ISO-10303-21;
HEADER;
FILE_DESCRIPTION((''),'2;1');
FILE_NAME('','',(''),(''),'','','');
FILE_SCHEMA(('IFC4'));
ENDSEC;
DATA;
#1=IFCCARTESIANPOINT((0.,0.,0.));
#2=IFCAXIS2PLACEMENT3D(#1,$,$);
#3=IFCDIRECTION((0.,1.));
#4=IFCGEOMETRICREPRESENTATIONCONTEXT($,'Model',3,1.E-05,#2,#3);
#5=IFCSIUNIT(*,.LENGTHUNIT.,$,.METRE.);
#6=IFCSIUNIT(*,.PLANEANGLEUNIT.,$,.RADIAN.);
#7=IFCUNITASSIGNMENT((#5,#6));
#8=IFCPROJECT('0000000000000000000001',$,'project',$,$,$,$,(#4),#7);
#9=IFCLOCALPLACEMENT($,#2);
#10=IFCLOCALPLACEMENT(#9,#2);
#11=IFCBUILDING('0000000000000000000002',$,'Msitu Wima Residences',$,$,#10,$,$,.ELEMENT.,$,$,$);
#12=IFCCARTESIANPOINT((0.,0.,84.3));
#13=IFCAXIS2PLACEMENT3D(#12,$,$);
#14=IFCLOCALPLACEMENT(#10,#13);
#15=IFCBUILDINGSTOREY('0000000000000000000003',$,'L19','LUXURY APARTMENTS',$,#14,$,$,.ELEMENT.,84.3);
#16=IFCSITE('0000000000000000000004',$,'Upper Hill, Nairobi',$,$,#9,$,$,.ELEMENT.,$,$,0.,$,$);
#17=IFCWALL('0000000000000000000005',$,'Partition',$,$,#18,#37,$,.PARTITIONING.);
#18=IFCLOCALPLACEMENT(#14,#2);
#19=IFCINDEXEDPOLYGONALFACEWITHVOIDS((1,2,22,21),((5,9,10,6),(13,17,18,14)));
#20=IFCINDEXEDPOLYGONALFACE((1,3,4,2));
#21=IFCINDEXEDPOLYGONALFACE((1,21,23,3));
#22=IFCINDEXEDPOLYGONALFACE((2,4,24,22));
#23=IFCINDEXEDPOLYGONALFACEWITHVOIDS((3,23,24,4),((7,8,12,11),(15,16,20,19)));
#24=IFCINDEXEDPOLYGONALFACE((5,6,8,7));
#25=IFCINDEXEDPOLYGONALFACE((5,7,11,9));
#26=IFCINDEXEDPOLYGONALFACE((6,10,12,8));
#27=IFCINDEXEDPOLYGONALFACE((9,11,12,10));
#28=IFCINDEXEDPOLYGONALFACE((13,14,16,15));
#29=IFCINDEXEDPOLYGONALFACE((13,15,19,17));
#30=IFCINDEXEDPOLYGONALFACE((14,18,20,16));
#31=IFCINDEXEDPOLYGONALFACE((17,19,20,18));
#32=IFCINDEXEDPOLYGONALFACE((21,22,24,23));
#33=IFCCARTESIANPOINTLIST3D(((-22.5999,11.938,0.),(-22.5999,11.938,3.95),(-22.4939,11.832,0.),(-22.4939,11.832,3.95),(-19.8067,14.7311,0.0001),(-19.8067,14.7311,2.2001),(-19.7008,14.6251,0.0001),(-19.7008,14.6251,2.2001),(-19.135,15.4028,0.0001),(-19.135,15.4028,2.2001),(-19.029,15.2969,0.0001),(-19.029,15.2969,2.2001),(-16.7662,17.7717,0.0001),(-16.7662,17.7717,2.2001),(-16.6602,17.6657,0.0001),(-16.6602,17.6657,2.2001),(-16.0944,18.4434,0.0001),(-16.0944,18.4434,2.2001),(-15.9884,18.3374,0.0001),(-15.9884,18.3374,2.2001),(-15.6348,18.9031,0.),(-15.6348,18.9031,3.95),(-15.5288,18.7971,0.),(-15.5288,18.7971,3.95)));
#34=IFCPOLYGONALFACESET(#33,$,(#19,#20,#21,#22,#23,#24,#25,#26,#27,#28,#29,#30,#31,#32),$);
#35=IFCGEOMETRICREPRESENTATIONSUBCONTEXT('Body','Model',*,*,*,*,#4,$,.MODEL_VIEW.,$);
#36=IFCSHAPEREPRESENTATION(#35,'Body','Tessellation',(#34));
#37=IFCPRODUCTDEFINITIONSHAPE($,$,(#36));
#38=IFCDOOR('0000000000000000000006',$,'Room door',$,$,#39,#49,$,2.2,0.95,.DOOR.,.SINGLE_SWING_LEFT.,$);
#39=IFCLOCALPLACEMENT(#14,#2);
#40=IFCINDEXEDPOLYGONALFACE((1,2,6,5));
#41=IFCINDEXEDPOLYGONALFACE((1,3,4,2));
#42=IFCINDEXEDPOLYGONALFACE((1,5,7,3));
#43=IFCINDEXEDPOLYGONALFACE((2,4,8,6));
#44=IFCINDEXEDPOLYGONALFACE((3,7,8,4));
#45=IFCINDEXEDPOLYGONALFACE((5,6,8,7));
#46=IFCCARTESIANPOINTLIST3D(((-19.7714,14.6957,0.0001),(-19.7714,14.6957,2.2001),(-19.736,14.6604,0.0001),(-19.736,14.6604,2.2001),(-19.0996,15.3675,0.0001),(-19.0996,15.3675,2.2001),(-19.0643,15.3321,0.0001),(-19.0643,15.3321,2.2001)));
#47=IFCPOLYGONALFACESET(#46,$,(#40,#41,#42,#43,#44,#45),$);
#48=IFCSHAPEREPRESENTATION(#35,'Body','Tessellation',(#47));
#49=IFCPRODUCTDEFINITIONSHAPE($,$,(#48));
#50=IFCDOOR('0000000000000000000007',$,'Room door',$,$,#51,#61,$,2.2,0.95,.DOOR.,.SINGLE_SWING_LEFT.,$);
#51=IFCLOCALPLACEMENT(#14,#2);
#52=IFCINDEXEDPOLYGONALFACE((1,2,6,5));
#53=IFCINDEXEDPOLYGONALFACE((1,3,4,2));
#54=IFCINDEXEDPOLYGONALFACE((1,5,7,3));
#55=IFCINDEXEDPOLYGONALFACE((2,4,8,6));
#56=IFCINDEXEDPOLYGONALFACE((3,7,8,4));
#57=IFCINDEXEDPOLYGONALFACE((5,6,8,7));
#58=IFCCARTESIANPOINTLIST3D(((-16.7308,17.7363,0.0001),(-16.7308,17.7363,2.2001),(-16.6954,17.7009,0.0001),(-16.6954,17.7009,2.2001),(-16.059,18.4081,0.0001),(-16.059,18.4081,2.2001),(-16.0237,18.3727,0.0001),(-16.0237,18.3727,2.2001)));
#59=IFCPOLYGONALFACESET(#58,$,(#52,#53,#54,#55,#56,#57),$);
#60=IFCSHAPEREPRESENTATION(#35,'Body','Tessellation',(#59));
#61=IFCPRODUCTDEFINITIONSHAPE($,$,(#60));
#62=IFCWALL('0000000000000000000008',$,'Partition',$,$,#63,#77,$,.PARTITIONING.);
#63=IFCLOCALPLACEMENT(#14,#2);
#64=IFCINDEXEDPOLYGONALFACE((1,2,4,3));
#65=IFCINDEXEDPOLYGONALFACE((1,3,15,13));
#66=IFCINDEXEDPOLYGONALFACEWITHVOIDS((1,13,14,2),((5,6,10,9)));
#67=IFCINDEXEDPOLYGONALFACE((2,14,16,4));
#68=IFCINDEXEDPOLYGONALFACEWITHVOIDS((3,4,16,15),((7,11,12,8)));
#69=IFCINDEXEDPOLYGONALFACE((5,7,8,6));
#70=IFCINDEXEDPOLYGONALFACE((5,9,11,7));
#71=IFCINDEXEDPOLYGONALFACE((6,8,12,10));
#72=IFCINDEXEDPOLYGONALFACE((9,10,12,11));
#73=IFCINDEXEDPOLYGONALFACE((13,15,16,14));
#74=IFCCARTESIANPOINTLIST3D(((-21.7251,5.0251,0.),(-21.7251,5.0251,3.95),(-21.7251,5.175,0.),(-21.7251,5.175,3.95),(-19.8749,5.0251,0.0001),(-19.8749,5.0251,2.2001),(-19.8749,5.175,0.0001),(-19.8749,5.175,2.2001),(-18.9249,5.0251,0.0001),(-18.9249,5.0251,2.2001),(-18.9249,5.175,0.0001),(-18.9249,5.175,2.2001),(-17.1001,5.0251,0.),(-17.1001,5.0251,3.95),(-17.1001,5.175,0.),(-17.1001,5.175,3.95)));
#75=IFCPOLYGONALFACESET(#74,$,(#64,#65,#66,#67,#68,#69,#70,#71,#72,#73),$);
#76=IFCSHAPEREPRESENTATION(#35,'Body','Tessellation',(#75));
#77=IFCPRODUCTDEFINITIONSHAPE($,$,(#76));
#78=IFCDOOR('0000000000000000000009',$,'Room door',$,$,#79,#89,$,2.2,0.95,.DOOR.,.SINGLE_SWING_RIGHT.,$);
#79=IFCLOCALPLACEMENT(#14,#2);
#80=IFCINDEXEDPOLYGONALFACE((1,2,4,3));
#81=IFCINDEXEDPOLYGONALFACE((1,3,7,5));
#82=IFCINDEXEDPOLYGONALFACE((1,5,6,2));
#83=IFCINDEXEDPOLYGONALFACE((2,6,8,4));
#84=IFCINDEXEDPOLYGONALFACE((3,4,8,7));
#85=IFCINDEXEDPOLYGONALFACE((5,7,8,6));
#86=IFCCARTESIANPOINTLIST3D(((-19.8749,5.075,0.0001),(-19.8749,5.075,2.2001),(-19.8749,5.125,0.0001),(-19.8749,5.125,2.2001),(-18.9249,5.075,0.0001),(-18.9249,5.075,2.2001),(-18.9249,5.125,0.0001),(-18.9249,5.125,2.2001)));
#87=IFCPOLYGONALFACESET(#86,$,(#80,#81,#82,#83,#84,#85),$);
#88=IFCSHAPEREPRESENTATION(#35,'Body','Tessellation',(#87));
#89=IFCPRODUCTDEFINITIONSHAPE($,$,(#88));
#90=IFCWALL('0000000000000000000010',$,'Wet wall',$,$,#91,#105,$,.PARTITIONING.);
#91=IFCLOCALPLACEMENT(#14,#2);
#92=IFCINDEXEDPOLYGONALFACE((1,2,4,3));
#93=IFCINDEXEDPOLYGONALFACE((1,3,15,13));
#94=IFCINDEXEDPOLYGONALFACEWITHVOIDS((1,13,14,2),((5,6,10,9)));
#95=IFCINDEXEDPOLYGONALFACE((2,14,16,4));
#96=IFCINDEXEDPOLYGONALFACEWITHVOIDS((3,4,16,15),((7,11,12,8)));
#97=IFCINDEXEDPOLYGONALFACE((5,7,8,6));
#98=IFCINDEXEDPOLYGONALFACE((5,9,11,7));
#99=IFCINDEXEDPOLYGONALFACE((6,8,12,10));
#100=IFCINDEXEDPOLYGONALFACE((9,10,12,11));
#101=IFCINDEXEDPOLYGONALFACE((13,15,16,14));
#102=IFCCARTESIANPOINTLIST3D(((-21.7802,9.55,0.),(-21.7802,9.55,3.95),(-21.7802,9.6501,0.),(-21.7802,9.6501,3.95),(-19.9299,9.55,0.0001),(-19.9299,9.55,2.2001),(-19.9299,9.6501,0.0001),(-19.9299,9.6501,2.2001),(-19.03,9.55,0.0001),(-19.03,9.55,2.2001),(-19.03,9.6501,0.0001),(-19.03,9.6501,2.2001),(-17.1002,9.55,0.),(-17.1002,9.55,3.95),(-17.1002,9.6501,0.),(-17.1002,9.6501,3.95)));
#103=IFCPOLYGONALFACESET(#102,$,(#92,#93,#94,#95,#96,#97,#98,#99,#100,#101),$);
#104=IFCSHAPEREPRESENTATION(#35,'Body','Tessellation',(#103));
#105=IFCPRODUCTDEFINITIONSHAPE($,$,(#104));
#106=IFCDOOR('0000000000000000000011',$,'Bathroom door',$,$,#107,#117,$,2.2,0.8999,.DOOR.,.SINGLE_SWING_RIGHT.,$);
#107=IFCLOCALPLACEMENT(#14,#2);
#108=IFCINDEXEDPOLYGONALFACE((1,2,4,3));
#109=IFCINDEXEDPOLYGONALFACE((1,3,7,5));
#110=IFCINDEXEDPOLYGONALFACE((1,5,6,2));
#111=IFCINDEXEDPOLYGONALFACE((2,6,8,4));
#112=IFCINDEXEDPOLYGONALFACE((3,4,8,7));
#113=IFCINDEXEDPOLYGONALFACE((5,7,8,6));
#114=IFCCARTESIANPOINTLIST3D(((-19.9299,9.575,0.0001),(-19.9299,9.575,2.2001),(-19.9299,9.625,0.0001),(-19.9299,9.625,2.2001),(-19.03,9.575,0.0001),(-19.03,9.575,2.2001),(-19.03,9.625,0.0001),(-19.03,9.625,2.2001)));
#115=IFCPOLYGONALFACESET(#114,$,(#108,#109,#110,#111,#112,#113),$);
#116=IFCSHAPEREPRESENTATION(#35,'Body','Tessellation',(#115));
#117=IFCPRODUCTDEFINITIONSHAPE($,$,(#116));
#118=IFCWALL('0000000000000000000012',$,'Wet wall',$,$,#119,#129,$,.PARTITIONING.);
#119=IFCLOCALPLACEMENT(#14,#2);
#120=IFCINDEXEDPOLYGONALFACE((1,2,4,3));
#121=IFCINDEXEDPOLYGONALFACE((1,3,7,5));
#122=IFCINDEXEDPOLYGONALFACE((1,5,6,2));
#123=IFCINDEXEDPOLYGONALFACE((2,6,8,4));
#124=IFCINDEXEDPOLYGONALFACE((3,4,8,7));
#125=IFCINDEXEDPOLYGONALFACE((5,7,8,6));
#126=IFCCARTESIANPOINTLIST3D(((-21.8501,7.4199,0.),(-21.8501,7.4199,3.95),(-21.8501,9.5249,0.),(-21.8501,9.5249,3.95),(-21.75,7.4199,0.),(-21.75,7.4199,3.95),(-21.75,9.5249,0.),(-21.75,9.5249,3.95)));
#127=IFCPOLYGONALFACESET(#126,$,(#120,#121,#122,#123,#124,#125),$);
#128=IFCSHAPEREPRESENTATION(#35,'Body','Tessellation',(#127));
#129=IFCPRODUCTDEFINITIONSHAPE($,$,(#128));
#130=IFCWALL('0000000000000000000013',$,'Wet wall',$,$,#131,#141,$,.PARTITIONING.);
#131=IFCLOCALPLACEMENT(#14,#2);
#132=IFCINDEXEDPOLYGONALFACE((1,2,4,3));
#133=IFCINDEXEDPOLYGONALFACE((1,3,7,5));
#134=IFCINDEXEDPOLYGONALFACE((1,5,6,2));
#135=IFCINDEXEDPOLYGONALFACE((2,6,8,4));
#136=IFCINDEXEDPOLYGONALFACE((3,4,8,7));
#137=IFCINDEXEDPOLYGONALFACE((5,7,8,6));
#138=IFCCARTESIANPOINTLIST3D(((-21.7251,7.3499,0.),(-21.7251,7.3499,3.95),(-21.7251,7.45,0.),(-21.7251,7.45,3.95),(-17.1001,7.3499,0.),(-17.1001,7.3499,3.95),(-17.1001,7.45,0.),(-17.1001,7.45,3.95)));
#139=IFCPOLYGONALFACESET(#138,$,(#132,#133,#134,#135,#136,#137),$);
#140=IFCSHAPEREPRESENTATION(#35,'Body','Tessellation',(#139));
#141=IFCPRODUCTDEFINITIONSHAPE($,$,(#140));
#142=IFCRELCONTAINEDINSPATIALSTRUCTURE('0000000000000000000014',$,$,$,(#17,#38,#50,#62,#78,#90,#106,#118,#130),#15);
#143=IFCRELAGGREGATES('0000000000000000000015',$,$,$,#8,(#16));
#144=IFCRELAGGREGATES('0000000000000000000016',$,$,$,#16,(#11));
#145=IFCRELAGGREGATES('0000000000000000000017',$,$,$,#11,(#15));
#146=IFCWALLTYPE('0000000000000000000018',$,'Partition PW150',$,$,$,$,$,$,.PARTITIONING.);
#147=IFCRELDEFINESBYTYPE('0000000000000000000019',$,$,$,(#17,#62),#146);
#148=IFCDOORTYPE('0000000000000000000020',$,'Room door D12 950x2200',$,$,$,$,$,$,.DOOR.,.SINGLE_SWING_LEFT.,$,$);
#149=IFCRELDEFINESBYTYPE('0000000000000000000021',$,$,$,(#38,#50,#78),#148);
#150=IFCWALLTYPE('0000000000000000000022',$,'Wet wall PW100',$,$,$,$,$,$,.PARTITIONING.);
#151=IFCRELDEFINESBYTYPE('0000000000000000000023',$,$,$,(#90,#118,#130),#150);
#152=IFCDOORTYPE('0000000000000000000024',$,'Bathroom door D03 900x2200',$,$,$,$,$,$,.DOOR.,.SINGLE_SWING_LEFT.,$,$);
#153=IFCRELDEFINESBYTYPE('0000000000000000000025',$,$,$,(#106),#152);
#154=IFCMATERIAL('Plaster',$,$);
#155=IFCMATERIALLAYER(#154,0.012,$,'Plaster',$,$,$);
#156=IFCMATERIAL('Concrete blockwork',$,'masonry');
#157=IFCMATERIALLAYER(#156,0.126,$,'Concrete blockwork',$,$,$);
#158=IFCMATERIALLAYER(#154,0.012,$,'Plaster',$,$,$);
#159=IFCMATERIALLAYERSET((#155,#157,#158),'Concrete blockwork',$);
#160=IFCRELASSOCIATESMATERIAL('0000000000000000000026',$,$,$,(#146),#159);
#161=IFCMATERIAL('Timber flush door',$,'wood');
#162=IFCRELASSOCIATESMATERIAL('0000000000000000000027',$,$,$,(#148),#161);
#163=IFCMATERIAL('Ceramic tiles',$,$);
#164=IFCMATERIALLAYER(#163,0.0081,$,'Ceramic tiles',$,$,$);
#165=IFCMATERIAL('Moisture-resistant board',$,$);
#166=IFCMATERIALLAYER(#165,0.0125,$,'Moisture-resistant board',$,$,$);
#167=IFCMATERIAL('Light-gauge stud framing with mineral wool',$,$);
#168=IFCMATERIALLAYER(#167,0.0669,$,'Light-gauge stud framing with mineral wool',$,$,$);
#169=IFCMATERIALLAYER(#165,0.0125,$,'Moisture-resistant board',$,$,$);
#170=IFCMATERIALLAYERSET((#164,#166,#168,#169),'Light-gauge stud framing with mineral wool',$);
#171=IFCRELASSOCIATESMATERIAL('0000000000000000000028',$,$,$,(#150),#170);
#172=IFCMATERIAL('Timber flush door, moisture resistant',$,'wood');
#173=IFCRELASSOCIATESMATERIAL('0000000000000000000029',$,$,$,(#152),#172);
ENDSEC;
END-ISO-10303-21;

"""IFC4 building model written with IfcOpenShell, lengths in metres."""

from ifc_helpers import new_model, si_unit, direction, frame, frame_2d, origin, place, context, subcontext, project, spatial, rectangle, extrude, material, layer, layer_set, type_object, element, fill, save


model = new_model("IFC4")

# Units and contexts
model_context = context("Model", 3, precision=1e-05, world=origin(), true_north=direction((0.0, 1.0)))
body_context = subcontext(model_context, "Body", "Model", "MODEL_VIEW")
ifc_project = project(units=[si_unit("LENGTHUNIT", "METRE"), si_unit("PLANEANGLEUNIT", "RADIAN")], contexts=[model_context])

# Site, building, storey
site_placement = place(None, origin())
site = spatial("IfcSite", under=ifc_project, at=site_placement, Name="Upper Hill, Nairobi", CompositionType="ELEMENT", RefElevation=0.0)
building_placement = place(site_placement, origin())
building = spatial("IfcBuilding", under=site, at=building_placement, Name="Msitu Wima Residences", CompositionType="ELEMENT")
storey_placement = place(building_placement, frame((0.0, 0.0, 84.3)))
storey = spatial("IfcBuildingStorey", under=building, at=storey_placement, Name="L19", Description="LUXURY APARTMENTS", CompositionType="ELEMENT", Elevation=84.3)

# Shared definitions
ifc_material_1 = material(Name="Plaster")
ifc_layer_1 = layer(ifc_material_1, 0.012, Name="Plaster")
ifc_material_2 = material(Name="Concrete blockwork", Category="masonry")
ifc_layer_2 = layer(ifc_material_2, 0.126, Name="Concrete blockwork")
ifc_layer_3 = layer(ifc_material_1, 0.012, Name="Plaster")
ifc_layer_set_1 = layer_set([ifc_layer_1, ifc_layer_2, ifc_layer_3], Name="Concrete blockwork")
wall_type_1 = type_object("IfcWallType", Name="Partition PW150", PredefinedType="PARTITIONING", material=ifc_layer_set_1)
ifc_material_3 = material(Name="Timber flush door", Category="wood")
door_type_1 = type_object("IfcDoorType", Name="Room door D12 950x2200", OperationType="SINGLE_SWING_LEFT", PredefinedType="DOOR", material=ifc_material_3)

# Wall, openings, doors
wall_1_placement = place(storey_placement, frame((-22.5469, 11.885, 0.0), z_axis=(0.0, 0.0, 1.0), x_axis=(0.707107, 0.707107, 0.0)))
wall_1 = element("IfcWall", 1, at=wall_1_placement, inside=storey, type_object=wall_type_1, Name="Partition", PredefinedType="PARTITIONING", context=body_context, shape_type="SweptSolid", body=[
    extrude(rectangle(XDim=9.8501, YDim=0.1499, at=frame_2d((4.925, 0.0))), origin(), (0.0, 0.0, 1.0), 3.95),
])
opening_1_placement = place(wall_1_placement, frame((3.95, 0.0, 0.0)))
opening_1 = element("IfcOpeningElement", 2, at=opening_1_placement, cuts=wall_1, PredefinedType="OPENING", context=body_context, shape_type="SweptSolid", body=[
    extrude(rectangle(XDim=0.95, YDim=2.2, at=frame_2d((0.4751, 1.1001))), frame((0.0, 0.085, 0.0), z_axis=(0.0, -1.0, 0.0), x_axis=(1.0, 0.0, 0.0)), (0.0, 0.0, 1.0), 0.1699),
])
opening_2_placement = place(wall_1_placement, frame((8.25, 0.0, 0.0)))
opening_2 = element("IfcOpeningElement", 3, at=opening_2_placement, cuts=wall_1, PredefinedType="OPENING", context=body_context, shape_type="SweptSolid", body=[
    extrude(rectangle(XDim=0.95, YDim=2.2, at=frame_2d((0.4751, 1.1001))), frame((0.0, 0.085, 0.0), z_axis=(0.0, -1.0, 0.0), x_axis=(1.0, 0.0, 0.0)), (0.0, 0.0, 1.0), 0.1699),
])
door_1_placement = place(opening_1_placement, origin())
door_1 = element("IfcDoor", 4, at=door_1_placement, inside=storey, type_object=door_type_1, Name="Room door", OperationType="SINGLE_SWING_LEFT", OverallHeight=2.2, OverallWidth=0.95, PredefinedType="DOOR", context=body_context, shape_type="SweptSolid", body=[
    extrude(rectangle(XDim=0.95, YDim=2.2, at=frame_2d((0.4751, 1.1001))), frame((0.0, 0.0249, 0.0), z_axis=(0.0, -1.0, 0.0), x_axis=(1.0, 0.0, 0.0)), (0.0, 0.0, 1.0), 0.05),
])
fill(opening_1, door_1)
door_2_placement = place(opening_2_placement, origin())
door_2 = element("IfcDoor", 5, at=door_2_placement, inside=storey, type_object=door_type_1, Name="Room door", OperationType="SINGLE_SWING_LEFT", OverallHeight=2.2, OverallWidth=0.95, PredefinedType="DOOR", context=body_context, shape_type="SweptSolid", body=[
    extrude(rectangle(XDim=0.95, YDim=2.2, at=frame_2d((0.4751, 1.1001))), frame((0.0, 0.0249, 0.0), z_axis=(0.0, -1.0, 0.0), x_axis=(1.0, 0.0, 0.0)), (0.0, 0.0, 1.0), 0.05),
])
fill(opening_2, door_2)

# Walls, openings, doors
wall_2_placement = place(storey_placement, frame((-21.7251, 5.1001, 0.0), z_axis=(0.0, 0.0, 1.0), x_axis=(1.0, 0.0, 0.0)))
wall_2 = element("IfcWall", 6, at=wall_2_placement, inside=storey, type_object=wall_type_1, Name="Partition", PredefinedType="PARTITIONING", context=body_context, shape_type="SweptSolid", body=[
    extrude(rectangle(XDim=4.625, YDim=0.1499, at=frame_2d((2.3125, 0.0))), origin(), (0.0, 0.0, 1.0), 3.95),
])
opening_3_placement = place(wall_2_placement, frame((1.8501, 0.0, 0.0)))
opening_3 = element("IfcOpeningElement", 7, at=opening_3_placement, cuts=wall_2, PredefinedType="OPENING", context=body_context, shape_type="SweptSolid", body=[
    extrude(rectangle(XDim=0.95, YDim=2.2, at=frame_2d((0.4751, 1.1001))), frame((0.0, 0.085, 0.0), z_axis=(0.0, -1.0, 0.0), x_axis=(1.0, 0.0, 0.0)), (0.0, 0.0, 1.0), 0.1699),
])
door_3_placement = place(opening_3_placement, origin())
door_3 = element("IfcDoor", 8, at=door_3_placement, inside=storey, type_object=door_type_1, Name="Room door", OperationType="SINGLE_SWING_RIGHT", OverallHeight=2.2, OverallWidth=0.95, PredefinedType="DOOR", context=body_context, shape_type="SweptSolid", body=[
    extrude(rectangle(XDim=0.95, YDim=2.2, at=frame_2d((0.4751, 1.1001))), frame((0.0, 0.0249, 0.0), z_axis=(0.0, -1.0, 0.0), x_axis=(1.0, 0.0, 0.0)), (0.0, 0.0, 1.0), 0.05),
])
fill(opening_3, door_3)
ifc_material_4 = material(Name="Ceramic tiles")
ifc_layer_4 = layer(ifc_material_4, 0.0081, Name="Ceramic tiles")
ifc_material_5 = material(Name="Moisture-resistant board")
ifc_layer_5 = layer(ifc_material_5, 0.0125, Name="Moisture-resistant board")
ifc_material_6 = material(Name="Light-gauge stud framing with mineral wool")
ifc_layer_6 = layer(ifc_material_6, 0.0669, Name="Light-gauge stud framing with mineral wool")
ifc_layer_7 = layer(ifc_material_5, 0.0125, Name="Moisture-resistant board")
ifc_layer_set_2 = layer_set([ifc_layer_4, ifc_layer_5, ifc_layer_6, ifc_layer_7], Name="Light-gauge stud framing with mineral wool")
wall_type_2 = type_object("IfcWallType", Name="Wet wall PW100", PredefinedType="PARTITIONING", material=ifc_layer_set_2)
wall_3_placement = place(storey_placement, frame((-21.78, 9.6001, 0.0), z_axis=(0.0, 0.0, 1.0), x_axis=(1.0, 0.0, 0.0)))
wall_3 = element("IfcWall", 9, at=wall_3_placement, inside=storey, type_object=wall_type_2, Name="Wet wall", PredefinedType="PARTITIONING", context=body_context, shape_type="SweptSolid", body=[
    extrude(rectangle(XDim=4.6799, YDim=0.1001, at=frame_2d((2.3398, 0.0))), origin(), (0.0, 0.0, 1.0), 3.95),
])
opening_4_placement = place(wall_3_placement, frame((1.8501, 0.0, 0.0)))
opening_4 = element("IfcOpeningElement", 10, at=opening_4_placement, cuts=wall_3, PredefinedType="OPENING", context=body_context, shape_type="SweptSolid", body=[
    extrude(rectangle(XDim=0.8999, YDim=2.2, at=frame_2d((0.45, 1.1001))), frame((0.0, 0.0601, 0.0), z_axis=(0.0, -1.0, 0.0), x_axis=(1.0, 0.0, 0.0)), (0.0, 0.0, 1.0), 0.1201),
])
ifc_material_7 = material(Name="Timber flush door, moisture resistant", Category="wood")
door_type_2 = type_object("IfcDoorType", Name="Bathroom door D03 900x2200", OperationType="SINGLE_SWING_LEFT", PredefinedType="DOOR", material=ifc_material_7)
door_4_placement = place(opening_4_placement, origin())
door_4 = element("IfcDoor", 11, at=door_4_placement, inside=storey, type_object=door_type_2, Name="Bathroom door", OperationType="SINGLE_SWING_RIGHT", OverallHeight=2.2, OverallWidth=0.8999, PredefinedType="DOOR", context=body_context, shape_type="SweptSolid", body=[
    extrude(rectangle(XDim=0.8999, YDim=2.2, at=frame_2d((0.45, 1.1001))), frame((0.0, 0.0249, 0.0), z_axis=(0.0, -1.0, 0.0), x_axis=(1.0, 0.0, 0.0)), (0.0, 0.0, 1.0), 0.05),
])
fill(opening_4, door_4)

# Walls
wall_4_placement = place(storey_placement, frame((-21.8, 7.4199, 0.0), z_axis=(0.0, 0.0, 1.0), x_axis=(0.0, 1.0, 0.0)))
element("IfcWall", 12, at=wall_4_placement, inside=storey, type_object=wall_type_2, Name="Wet wall", PredefinedType="PARTITIONING", context=body_context, shape_type="SweptSolid", body=[
    extrude(rectangle(XDim=2.105, YDim=0.1001, at=frame_2d((1.0525, 0.0))), origin(), (0.0, 0.0, 1.0), 3.95),
])
wall_5_placement = place(storey_placement, frame((-21.7251, 7.3999, 0.0), z_axis=(0.0, 0.0, 1.0), x_axis=(1.0, 0.0, 0.0)))
element("IfcWall", 13, at=wall_5_placement, inside=storey, type_object=wall_type_2, Name="Wet wall", PredefinedType="PARTITIONING", context=body_context, shape_type="SweptSolid", body=[
    extrude(rectangle(XDim=4.625, YDim=0.1001, at=frame_2d((2.3125, 0.0))), origin(), (0.0, 0.0, 1.0), 3.95),
])

save(model, "model.ifc")
